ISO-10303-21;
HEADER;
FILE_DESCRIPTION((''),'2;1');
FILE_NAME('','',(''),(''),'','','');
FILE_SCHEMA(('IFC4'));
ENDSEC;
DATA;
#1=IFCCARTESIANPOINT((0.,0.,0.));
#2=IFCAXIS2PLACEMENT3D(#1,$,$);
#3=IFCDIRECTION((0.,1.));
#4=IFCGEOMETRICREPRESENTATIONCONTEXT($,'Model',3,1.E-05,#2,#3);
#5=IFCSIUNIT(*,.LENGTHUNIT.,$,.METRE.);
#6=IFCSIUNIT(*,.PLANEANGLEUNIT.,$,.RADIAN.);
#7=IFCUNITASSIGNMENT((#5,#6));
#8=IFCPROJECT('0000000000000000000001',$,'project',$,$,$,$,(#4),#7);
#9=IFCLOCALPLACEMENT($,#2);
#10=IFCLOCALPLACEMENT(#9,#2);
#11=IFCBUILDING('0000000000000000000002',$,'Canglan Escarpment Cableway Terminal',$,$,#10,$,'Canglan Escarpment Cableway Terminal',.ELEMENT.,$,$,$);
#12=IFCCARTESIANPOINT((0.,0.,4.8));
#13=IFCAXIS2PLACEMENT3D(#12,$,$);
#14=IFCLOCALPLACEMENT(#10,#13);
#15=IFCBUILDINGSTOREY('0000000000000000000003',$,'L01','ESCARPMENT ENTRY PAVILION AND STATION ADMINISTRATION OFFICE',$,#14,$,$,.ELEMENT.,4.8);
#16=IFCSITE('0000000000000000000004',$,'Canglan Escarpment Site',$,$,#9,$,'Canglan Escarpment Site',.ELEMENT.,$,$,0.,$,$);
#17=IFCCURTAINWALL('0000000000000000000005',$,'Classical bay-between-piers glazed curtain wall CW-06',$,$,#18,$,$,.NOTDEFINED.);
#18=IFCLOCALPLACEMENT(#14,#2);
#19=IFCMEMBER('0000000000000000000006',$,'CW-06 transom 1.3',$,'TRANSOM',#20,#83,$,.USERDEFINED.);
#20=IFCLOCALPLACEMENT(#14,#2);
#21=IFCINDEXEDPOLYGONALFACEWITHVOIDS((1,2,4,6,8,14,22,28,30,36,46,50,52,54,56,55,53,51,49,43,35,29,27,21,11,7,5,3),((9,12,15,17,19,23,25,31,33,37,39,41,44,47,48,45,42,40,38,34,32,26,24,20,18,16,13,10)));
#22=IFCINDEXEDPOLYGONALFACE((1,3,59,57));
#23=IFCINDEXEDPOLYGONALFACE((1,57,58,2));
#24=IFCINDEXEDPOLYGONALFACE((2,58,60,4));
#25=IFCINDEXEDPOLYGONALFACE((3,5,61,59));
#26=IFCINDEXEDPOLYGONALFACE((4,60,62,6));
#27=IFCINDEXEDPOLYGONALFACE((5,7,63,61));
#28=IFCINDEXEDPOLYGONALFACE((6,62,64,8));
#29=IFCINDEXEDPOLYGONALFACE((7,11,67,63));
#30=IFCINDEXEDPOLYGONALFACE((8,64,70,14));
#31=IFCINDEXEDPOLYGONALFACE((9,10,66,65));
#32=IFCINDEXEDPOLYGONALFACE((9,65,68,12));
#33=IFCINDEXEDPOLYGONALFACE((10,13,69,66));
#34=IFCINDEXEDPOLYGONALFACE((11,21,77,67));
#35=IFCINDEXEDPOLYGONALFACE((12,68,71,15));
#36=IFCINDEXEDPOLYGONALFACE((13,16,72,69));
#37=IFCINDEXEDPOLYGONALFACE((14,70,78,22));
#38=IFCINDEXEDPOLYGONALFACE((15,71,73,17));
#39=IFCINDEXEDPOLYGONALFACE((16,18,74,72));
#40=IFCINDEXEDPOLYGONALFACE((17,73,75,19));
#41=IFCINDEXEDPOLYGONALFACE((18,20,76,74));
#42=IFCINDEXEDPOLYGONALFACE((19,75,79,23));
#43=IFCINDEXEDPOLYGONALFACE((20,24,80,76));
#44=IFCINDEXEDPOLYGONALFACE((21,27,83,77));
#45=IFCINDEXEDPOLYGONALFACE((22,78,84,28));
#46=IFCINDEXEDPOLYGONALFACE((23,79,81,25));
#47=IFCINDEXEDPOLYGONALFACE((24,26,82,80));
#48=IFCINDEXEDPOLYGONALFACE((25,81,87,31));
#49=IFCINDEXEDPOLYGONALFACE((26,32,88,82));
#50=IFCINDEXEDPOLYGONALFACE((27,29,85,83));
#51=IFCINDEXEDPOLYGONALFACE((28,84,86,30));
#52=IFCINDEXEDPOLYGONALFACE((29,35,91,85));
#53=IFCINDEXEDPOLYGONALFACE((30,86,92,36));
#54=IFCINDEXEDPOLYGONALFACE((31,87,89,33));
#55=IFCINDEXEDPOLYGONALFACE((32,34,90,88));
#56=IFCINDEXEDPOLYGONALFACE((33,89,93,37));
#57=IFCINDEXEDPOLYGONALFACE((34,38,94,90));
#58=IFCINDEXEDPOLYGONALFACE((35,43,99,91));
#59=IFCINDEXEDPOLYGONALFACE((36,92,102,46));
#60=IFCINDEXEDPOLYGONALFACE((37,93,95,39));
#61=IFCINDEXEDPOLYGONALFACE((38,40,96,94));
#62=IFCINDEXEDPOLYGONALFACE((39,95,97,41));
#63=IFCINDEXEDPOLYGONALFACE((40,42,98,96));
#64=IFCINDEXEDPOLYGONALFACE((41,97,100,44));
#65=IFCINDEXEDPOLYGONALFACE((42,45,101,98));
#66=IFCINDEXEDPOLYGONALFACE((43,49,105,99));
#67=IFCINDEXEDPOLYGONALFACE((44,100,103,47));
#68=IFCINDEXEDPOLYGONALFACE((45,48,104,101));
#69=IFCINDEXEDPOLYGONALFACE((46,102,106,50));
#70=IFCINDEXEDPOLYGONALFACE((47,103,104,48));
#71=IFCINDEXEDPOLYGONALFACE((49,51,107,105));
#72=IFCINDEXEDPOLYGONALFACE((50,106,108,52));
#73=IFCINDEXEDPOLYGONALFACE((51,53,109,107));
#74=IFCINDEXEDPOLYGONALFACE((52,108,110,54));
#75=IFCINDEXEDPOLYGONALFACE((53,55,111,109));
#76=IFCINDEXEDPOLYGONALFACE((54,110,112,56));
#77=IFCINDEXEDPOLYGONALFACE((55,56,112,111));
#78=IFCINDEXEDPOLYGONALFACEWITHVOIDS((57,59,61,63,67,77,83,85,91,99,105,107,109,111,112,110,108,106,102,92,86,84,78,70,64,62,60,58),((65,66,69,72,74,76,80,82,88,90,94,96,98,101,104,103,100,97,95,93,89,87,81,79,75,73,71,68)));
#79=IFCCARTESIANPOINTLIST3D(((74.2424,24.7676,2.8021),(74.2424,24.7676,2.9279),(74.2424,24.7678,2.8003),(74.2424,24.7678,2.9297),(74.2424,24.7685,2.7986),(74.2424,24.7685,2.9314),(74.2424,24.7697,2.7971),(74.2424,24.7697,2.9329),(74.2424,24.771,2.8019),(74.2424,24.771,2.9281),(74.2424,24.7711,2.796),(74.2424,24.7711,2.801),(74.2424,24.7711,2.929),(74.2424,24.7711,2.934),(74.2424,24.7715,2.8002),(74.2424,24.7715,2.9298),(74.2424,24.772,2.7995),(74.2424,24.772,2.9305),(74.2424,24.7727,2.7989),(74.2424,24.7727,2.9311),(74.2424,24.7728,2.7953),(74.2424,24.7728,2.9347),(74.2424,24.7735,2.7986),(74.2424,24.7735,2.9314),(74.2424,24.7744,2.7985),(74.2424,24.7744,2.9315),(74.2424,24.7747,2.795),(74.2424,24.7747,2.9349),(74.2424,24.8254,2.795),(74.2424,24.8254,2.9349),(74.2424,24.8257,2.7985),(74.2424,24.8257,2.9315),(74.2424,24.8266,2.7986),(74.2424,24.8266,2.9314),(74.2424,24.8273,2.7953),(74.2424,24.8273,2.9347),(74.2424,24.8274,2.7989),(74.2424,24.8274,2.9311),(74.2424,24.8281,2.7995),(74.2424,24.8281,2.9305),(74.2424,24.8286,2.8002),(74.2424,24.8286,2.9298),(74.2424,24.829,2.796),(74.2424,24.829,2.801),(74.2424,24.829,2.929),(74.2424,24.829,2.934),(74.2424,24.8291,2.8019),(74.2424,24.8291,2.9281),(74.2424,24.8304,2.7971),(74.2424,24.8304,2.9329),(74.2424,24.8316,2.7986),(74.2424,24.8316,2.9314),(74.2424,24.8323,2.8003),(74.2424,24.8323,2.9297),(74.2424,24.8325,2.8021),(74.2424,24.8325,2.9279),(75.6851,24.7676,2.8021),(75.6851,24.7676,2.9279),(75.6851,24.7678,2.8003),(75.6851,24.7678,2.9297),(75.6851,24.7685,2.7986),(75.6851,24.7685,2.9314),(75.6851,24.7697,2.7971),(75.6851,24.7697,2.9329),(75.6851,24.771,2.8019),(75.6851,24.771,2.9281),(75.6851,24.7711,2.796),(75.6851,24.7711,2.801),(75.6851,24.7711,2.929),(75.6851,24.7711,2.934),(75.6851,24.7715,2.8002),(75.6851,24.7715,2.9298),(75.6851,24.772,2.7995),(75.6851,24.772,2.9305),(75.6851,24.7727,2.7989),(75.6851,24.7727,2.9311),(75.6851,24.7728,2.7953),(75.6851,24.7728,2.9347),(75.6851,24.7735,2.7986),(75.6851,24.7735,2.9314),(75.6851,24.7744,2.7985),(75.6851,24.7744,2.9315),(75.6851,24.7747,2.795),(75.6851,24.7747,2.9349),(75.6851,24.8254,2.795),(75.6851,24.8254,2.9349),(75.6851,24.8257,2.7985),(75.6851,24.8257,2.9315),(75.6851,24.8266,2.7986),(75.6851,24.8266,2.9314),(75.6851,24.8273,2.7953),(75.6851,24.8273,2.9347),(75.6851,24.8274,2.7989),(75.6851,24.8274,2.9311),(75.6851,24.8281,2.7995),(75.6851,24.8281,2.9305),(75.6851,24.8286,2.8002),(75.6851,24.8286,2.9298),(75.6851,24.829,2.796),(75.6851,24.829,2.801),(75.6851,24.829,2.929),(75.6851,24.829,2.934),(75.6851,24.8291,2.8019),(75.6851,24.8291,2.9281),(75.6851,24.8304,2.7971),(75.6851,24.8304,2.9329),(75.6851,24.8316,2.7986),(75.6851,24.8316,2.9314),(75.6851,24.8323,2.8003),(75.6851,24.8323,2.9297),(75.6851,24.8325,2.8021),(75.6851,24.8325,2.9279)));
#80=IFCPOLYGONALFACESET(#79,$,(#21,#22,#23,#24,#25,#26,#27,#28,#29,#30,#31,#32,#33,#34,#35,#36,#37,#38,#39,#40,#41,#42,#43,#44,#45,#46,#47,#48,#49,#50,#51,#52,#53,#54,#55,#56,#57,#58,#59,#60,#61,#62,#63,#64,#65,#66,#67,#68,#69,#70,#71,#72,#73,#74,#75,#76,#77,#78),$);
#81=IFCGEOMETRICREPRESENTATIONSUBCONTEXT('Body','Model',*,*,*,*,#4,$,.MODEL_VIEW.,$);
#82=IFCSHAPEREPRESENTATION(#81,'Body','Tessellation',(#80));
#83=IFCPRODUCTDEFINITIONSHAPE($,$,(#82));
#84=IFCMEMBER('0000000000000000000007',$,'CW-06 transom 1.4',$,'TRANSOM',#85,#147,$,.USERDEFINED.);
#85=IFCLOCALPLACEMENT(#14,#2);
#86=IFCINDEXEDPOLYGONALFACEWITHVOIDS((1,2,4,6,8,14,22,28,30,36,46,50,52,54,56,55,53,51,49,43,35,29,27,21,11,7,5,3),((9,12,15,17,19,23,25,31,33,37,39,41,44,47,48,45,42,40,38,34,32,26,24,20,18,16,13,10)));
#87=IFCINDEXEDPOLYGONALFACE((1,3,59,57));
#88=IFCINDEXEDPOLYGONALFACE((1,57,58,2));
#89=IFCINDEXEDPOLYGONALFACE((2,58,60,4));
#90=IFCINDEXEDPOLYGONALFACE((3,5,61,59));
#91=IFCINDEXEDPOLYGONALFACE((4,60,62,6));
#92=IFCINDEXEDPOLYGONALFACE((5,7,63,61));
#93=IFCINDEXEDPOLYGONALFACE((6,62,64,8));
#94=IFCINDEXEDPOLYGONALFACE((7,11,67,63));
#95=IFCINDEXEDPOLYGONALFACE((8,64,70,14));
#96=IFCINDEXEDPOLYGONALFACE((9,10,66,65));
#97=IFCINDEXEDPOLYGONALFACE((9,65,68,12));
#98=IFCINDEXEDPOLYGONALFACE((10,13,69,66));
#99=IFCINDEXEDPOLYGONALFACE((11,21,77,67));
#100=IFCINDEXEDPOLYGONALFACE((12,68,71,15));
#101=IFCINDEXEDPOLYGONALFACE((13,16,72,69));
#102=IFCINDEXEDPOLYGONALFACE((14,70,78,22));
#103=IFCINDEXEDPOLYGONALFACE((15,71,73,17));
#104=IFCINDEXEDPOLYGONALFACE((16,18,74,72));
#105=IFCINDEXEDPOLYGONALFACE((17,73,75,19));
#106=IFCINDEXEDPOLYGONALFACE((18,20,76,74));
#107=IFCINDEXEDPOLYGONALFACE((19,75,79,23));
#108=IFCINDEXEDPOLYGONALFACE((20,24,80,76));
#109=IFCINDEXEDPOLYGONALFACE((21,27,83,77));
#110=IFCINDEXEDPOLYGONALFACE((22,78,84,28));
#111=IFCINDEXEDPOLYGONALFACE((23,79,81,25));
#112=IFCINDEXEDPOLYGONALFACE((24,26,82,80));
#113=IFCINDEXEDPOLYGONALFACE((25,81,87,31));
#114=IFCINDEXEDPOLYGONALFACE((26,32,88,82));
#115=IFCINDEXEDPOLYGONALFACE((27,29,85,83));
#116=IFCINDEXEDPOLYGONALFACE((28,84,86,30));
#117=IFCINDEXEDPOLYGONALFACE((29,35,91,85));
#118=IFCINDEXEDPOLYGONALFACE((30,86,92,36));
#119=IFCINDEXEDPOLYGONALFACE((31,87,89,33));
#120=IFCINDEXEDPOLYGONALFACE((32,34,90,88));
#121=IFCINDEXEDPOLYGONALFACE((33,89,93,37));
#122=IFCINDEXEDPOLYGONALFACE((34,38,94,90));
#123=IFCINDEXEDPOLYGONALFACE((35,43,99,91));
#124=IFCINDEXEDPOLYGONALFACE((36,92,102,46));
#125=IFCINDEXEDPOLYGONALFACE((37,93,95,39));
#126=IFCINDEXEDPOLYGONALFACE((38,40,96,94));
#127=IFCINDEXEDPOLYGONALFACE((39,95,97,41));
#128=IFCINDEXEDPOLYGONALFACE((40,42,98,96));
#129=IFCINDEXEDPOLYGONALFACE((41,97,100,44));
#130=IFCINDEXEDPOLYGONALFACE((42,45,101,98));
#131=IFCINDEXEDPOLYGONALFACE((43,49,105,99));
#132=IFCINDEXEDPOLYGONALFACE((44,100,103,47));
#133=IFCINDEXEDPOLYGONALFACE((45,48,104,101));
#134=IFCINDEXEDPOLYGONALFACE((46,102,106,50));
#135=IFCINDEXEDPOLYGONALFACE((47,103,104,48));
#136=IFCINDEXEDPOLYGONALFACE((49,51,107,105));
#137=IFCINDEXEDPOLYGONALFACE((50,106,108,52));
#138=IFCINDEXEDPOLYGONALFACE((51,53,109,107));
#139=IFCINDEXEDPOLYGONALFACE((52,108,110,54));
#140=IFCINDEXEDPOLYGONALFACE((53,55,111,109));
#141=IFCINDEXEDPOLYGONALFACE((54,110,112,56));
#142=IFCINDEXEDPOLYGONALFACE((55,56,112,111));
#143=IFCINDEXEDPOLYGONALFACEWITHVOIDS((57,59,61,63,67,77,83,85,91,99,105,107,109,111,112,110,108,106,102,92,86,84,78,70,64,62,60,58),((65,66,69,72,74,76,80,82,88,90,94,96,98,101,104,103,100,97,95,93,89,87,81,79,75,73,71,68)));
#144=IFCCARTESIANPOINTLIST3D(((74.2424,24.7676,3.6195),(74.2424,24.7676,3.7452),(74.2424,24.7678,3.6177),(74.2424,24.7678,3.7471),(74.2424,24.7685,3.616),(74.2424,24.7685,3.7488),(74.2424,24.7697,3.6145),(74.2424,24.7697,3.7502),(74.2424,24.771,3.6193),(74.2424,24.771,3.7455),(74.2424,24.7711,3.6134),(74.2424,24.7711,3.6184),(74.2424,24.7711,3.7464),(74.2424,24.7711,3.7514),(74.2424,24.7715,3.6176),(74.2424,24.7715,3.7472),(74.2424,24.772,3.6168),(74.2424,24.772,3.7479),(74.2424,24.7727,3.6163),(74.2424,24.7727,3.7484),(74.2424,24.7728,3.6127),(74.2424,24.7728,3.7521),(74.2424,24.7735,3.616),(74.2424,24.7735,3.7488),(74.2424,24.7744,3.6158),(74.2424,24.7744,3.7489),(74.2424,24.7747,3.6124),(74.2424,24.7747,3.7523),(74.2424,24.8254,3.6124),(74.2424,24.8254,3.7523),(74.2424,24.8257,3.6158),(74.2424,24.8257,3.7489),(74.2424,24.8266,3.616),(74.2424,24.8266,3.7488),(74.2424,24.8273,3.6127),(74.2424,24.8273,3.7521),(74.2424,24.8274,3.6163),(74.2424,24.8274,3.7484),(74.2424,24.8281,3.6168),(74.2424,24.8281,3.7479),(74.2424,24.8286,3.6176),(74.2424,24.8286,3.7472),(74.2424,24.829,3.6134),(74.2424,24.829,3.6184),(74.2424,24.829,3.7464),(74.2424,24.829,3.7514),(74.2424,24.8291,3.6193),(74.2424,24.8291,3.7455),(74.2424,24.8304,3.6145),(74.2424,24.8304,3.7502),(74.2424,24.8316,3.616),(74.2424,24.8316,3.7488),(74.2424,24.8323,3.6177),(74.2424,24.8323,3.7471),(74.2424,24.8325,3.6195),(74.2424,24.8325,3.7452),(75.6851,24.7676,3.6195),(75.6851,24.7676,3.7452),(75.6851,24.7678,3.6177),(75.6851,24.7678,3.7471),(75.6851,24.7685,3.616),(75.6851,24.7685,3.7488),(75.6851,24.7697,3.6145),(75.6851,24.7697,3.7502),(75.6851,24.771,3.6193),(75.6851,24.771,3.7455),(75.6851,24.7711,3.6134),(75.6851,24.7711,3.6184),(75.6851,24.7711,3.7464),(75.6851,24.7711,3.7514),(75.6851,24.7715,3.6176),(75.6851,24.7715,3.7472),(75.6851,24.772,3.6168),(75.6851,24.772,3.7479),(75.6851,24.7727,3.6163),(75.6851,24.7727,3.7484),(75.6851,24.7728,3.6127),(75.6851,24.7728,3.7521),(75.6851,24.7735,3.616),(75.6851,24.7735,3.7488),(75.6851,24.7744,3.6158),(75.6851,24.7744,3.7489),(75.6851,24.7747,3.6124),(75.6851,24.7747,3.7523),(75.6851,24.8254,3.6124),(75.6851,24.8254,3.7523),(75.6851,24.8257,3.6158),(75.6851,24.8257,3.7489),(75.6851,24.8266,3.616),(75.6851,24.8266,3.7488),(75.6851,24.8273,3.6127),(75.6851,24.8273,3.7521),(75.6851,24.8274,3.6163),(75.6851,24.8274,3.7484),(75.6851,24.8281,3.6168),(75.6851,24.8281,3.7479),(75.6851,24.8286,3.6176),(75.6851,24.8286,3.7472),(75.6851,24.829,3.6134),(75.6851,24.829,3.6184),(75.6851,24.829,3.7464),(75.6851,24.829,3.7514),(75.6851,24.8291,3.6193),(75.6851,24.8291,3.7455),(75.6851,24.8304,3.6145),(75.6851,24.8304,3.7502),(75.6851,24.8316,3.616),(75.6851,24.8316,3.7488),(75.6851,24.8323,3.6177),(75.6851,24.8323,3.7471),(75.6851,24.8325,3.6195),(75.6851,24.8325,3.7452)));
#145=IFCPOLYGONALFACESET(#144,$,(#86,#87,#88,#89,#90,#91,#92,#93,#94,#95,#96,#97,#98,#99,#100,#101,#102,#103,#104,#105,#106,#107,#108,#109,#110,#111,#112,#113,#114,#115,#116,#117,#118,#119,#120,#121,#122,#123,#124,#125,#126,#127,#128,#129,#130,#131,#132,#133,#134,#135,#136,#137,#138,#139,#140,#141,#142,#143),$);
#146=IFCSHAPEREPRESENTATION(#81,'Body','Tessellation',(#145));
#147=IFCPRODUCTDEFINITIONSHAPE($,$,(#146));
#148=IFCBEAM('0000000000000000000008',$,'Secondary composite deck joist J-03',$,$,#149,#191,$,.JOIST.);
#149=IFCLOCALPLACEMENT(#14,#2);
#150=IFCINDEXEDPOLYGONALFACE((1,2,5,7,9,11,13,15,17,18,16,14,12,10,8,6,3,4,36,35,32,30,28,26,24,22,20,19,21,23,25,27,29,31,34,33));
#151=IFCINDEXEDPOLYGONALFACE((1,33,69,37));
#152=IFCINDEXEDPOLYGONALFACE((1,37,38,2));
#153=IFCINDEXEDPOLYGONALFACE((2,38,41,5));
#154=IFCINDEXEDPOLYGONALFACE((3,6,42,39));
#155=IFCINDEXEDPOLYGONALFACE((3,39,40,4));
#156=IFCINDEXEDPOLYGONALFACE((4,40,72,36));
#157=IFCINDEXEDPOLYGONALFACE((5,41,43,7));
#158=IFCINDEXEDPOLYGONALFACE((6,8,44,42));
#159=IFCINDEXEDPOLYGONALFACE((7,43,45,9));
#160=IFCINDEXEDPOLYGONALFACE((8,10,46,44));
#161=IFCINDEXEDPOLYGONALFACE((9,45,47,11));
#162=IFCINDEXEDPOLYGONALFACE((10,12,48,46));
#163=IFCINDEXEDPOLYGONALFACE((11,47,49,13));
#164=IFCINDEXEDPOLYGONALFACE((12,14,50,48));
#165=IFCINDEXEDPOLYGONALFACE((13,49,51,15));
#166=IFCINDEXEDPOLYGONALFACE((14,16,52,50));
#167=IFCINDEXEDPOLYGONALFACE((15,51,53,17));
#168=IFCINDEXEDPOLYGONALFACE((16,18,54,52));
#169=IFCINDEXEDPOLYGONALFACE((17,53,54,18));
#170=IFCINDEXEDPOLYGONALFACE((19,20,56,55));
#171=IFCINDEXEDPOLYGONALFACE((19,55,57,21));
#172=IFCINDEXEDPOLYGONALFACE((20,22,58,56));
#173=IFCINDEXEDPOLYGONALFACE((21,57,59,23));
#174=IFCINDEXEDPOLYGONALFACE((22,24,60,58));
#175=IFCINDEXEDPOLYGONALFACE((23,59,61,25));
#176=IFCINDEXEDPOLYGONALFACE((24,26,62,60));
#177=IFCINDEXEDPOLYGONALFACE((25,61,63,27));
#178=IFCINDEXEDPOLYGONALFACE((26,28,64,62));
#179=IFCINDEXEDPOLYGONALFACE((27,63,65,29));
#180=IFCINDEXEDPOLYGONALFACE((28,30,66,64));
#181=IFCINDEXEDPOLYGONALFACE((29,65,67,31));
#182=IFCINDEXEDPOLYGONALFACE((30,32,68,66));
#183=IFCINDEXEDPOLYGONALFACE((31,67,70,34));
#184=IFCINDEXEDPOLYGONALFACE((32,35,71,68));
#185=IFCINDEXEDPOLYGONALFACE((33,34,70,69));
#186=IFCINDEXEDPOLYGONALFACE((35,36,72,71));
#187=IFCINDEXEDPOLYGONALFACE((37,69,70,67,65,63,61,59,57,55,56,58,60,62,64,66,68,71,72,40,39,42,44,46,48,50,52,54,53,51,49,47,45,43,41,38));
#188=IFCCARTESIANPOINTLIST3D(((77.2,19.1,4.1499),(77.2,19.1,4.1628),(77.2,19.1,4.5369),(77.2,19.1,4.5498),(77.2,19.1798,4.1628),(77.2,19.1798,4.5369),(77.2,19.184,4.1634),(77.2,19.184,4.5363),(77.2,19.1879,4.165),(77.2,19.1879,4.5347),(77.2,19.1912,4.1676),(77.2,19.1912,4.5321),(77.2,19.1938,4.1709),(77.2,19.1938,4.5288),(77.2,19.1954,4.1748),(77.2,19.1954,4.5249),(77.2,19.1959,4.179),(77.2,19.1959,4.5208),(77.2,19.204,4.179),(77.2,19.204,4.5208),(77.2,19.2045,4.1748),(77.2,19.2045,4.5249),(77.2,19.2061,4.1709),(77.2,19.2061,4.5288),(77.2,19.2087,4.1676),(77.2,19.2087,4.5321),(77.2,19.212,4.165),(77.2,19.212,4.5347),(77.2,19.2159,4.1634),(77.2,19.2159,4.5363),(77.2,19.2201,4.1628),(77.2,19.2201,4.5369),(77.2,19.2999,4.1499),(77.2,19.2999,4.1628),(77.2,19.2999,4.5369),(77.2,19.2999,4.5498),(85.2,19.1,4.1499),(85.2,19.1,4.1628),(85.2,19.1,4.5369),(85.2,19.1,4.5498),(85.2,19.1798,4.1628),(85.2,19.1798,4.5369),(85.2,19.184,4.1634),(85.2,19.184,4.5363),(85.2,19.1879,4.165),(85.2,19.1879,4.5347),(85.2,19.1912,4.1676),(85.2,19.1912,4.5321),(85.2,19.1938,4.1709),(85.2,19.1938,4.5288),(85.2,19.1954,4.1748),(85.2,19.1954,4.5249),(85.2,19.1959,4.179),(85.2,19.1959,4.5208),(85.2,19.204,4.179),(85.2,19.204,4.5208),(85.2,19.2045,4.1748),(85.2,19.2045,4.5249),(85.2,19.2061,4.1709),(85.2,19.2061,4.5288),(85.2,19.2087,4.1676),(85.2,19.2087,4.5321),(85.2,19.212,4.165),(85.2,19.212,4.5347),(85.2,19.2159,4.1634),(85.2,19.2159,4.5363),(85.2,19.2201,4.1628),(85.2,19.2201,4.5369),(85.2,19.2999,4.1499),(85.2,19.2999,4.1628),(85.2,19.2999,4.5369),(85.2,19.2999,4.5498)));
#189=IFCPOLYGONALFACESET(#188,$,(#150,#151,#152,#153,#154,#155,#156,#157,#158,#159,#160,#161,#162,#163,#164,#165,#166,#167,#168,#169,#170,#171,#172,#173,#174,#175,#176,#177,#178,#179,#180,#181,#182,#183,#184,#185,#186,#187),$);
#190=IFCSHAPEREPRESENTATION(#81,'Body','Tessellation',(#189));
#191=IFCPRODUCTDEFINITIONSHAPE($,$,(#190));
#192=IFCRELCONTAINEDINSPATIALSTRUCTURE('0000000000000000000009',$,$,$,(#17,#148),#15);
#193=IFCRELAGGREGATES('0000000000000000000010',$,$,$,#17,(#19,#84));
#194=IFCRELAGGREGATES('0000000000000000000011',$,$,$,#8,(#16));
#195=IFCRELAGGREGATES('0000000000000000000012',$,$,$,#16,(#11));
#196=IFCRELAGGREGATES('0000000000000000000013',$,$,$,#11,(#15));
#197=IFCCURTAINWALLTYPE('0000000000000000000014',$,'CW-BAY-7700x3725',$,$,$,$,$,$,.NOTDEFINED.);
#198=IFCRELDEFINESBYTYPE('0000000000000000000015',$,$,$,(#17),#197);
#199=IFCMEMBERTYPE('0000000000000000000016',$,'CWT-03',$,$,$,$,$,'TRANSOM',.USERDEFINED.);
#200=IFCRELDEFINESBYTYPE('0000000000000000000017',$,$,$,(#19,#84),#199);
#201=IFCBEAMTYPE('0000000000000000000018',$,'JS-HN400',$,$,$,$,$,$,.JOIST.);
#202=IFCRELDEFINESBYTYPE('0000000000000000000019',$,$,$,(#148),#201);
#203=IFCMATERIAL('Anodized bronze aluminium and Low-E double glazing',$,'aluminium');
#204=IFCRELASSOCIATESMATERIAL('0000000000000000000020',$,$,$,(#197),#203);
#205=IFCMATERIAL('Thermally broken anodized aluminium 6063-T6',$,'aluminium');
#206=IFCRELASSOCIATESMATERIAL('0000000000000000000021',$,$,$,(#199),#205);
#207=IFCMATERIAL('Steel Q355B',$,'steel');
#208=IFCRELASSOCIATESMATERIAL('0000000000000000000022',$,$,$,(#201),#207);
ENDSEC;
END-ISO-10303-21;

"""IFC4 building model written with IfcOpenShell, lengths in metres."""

from ifc_helpers import new_model, si_unit, direction, frame, origin, origin_2d, place, context, subcontext, project, spatial, hollow_rectangle, i_section, extrude, material, material_profile, profile_set, type_object, element, aggregate, save


model = new_model("IFC4")

# Units and contexts
model_context = context("Model", 3, precision=1e-05, world=origin(), true_north=direction((0.0, 1.0)))
body_context = subcontext(model_context, "Body", "Model", "MODEL_VIEW")
ifc_project = project(units=[si_unit("LENGTHUNIT", "METRE"), si_unit("PLANEANGLEUNIT", "RADIAN")], contexts=[model_context])

# Site, building, storey
site_placement = place(None, origin())
site = spatial("IfcSite", under=ifc_project, at=site_placement, Name="Canglan Escarpment Site", LongName="Canglan Escarpment Site", CompositionType="ELEMENT", RefElevation=0.0)
building_placement = place(site_placement, origin())
building = spatial("IfcBuilding", under=site, at=building_placement, Name="Canglan Escarpment Cableway Terminal", LongName="Canglan Escarpment Cableway Terminal", CompositionType="ELEMENT")
storey_placement = place(building_placement, frame((0.0, 0.0, 4.8)))
storey = spatial("IfcBuildingStorey", under=building, at=storey_placement, Name="L01", Description="ESCARPMENT ENTRY PAVILION AND STATION ADMINISTRATION OFFICE", CompositionType="ELEMENT", Elevation=4.8)

# Curtain wall, members
ifc_material_1 = material(Name="Anodized bronze aluminium and Low-E double glazing", Category="aluminium")
curtain_wall_type = type_object("IfcCurtainWallType", Name="CW-BAY-7700x3725", PredefinedType="NOTDEFINED", material=ifc_material_1)
curtain_wall_placement = place(storey_placement, origin())
curtain_wall = element("IfcCurtainWall", 1, at=curtain_wall_placement, inside=storey, type_object=curtain_wall_type, Name="Classical bay-between-piers glazed curtain wall CW-06", PredefinedType="NOTDEFINED")
ifc_material_2 = material(Name="Thermally broken anodized aluminium 6063-T6", Category="aluminium")
ifc_material_profile_1 = material_profile(ifc_material_2, hollow_rectangle(XDim=0.0649, YDim=0.1399, WallThickness=0.0034, InnerFilletRadius=0.0034, OuterFilletRadius=0.0071, at=origin_2d()), Name="ALU-TRAN 65x140x3.5")
ifc_profile_set_1 = profile_set([ifc_material_profile_1], Name="Thermally broken anodized aluminium 6063-T6")
member_type_1 = type_object("IfcMemberType", Name="CWT-03", ElementType="TRANSOM", PredefinedType="USERDEFINED", material=ifc_profile_set_1)
member_1_placement = place(storey_placement, frame((75.6851, 24.8, 2.865), z_axis=(-1.0, 0.0, 0.0), x_axis=(0.0, -1.0, 0.0)))
member_1 = element("IfcMember", 2, at=member_1_placement, type_object=member_type_1, Name="CW-06 transom 1.3", ObjectType="TRANSOM", PredefinedType="USERDEFINED", context=body_context, shape_type="SweptSolid", body=[
    extrude(hollow_rectangle(XDim=0.0649, YDim=0.1399, WallThickness=0.0034, InnerFilletRadius=0.0034, OuterFilletRadius=0.0071, at=origin_2d()), origin(), (0.0, 0.0, 1.0), 1.4426),
])
member_2_placement = place(storey_placement, frame((75.6851, 24.8, 3.6824), z_axis=(-1.0, 0.0, 0.0), x_axis=(0.0, -1.0, 0.0)))
member_2 = element("IfcMember", 3, at=member_2_placement, type_object=member_type_1, Name="CW-06 transom 1.4", ObjectType="TRANSOM", PredefinedType="USERDEFINED", context=body_context, shape_type="SweptSolid", body=[
    extrude(hollow_rectangle(XDim=0.0649, YDim=0.1399, WallThickness=0.0034, InnerFilletRadius=0.0034, OuterFilletRadius=0.0071, at=origin_2d()), origin(), (0.0, 0.0, 1.0), 1.4426),
])
aggregate(curtain_wall, [member_1, member_2])

# Beam
ifc_material_3 = material(Name="Steel Q355B", Category="steel")
ifc_material_profile_2 = material_profile(ifc_material_3, i_section(OverallWidth=0.2, OverallDepth=0.3999, WebThickness=0.0081, FlangeThickness=0.0129, FilletRadius=0.0161, at=origin_2d()), Name="HN 400x200x8x13")
ifc_profile_set_2 = profile_set([ifc_material_profile_2], Name="Steel Q355B")
beam_type_1 = type_object("IfcBeamType", Name="JS-HN400", PredefinedType="JOIST", material=ifc_profile_set_2)
for number, where, z_axis, x_axis, name in (
    (4, (77.2, 19.2, 4.3499), (1.0, 0.0, 0.0), (0.0, 1.0, 0.0), "Secondary composite deck joist J-03"),
):
    element("IfcBeam", number, at=place(storey_placement, frame(where, z_axis=z_axis, x_axis=x_axis)), inside=storey, type_object=beam_type_1, Name=name, PredefinedType="JOIST", context=body_context, shape_type="SweptSolid", body=[
        extrude(i_section(OverallWidth=0.2, OverallDepth=0.3999, WebThickness=0.0081, FlangeThickness=0.0129, FilletRadius=0.0161, at=origin_2d()), origin(), (0.0, 0.0, 1.0), 8.0),
    ])

save(model, "model.ifc")
